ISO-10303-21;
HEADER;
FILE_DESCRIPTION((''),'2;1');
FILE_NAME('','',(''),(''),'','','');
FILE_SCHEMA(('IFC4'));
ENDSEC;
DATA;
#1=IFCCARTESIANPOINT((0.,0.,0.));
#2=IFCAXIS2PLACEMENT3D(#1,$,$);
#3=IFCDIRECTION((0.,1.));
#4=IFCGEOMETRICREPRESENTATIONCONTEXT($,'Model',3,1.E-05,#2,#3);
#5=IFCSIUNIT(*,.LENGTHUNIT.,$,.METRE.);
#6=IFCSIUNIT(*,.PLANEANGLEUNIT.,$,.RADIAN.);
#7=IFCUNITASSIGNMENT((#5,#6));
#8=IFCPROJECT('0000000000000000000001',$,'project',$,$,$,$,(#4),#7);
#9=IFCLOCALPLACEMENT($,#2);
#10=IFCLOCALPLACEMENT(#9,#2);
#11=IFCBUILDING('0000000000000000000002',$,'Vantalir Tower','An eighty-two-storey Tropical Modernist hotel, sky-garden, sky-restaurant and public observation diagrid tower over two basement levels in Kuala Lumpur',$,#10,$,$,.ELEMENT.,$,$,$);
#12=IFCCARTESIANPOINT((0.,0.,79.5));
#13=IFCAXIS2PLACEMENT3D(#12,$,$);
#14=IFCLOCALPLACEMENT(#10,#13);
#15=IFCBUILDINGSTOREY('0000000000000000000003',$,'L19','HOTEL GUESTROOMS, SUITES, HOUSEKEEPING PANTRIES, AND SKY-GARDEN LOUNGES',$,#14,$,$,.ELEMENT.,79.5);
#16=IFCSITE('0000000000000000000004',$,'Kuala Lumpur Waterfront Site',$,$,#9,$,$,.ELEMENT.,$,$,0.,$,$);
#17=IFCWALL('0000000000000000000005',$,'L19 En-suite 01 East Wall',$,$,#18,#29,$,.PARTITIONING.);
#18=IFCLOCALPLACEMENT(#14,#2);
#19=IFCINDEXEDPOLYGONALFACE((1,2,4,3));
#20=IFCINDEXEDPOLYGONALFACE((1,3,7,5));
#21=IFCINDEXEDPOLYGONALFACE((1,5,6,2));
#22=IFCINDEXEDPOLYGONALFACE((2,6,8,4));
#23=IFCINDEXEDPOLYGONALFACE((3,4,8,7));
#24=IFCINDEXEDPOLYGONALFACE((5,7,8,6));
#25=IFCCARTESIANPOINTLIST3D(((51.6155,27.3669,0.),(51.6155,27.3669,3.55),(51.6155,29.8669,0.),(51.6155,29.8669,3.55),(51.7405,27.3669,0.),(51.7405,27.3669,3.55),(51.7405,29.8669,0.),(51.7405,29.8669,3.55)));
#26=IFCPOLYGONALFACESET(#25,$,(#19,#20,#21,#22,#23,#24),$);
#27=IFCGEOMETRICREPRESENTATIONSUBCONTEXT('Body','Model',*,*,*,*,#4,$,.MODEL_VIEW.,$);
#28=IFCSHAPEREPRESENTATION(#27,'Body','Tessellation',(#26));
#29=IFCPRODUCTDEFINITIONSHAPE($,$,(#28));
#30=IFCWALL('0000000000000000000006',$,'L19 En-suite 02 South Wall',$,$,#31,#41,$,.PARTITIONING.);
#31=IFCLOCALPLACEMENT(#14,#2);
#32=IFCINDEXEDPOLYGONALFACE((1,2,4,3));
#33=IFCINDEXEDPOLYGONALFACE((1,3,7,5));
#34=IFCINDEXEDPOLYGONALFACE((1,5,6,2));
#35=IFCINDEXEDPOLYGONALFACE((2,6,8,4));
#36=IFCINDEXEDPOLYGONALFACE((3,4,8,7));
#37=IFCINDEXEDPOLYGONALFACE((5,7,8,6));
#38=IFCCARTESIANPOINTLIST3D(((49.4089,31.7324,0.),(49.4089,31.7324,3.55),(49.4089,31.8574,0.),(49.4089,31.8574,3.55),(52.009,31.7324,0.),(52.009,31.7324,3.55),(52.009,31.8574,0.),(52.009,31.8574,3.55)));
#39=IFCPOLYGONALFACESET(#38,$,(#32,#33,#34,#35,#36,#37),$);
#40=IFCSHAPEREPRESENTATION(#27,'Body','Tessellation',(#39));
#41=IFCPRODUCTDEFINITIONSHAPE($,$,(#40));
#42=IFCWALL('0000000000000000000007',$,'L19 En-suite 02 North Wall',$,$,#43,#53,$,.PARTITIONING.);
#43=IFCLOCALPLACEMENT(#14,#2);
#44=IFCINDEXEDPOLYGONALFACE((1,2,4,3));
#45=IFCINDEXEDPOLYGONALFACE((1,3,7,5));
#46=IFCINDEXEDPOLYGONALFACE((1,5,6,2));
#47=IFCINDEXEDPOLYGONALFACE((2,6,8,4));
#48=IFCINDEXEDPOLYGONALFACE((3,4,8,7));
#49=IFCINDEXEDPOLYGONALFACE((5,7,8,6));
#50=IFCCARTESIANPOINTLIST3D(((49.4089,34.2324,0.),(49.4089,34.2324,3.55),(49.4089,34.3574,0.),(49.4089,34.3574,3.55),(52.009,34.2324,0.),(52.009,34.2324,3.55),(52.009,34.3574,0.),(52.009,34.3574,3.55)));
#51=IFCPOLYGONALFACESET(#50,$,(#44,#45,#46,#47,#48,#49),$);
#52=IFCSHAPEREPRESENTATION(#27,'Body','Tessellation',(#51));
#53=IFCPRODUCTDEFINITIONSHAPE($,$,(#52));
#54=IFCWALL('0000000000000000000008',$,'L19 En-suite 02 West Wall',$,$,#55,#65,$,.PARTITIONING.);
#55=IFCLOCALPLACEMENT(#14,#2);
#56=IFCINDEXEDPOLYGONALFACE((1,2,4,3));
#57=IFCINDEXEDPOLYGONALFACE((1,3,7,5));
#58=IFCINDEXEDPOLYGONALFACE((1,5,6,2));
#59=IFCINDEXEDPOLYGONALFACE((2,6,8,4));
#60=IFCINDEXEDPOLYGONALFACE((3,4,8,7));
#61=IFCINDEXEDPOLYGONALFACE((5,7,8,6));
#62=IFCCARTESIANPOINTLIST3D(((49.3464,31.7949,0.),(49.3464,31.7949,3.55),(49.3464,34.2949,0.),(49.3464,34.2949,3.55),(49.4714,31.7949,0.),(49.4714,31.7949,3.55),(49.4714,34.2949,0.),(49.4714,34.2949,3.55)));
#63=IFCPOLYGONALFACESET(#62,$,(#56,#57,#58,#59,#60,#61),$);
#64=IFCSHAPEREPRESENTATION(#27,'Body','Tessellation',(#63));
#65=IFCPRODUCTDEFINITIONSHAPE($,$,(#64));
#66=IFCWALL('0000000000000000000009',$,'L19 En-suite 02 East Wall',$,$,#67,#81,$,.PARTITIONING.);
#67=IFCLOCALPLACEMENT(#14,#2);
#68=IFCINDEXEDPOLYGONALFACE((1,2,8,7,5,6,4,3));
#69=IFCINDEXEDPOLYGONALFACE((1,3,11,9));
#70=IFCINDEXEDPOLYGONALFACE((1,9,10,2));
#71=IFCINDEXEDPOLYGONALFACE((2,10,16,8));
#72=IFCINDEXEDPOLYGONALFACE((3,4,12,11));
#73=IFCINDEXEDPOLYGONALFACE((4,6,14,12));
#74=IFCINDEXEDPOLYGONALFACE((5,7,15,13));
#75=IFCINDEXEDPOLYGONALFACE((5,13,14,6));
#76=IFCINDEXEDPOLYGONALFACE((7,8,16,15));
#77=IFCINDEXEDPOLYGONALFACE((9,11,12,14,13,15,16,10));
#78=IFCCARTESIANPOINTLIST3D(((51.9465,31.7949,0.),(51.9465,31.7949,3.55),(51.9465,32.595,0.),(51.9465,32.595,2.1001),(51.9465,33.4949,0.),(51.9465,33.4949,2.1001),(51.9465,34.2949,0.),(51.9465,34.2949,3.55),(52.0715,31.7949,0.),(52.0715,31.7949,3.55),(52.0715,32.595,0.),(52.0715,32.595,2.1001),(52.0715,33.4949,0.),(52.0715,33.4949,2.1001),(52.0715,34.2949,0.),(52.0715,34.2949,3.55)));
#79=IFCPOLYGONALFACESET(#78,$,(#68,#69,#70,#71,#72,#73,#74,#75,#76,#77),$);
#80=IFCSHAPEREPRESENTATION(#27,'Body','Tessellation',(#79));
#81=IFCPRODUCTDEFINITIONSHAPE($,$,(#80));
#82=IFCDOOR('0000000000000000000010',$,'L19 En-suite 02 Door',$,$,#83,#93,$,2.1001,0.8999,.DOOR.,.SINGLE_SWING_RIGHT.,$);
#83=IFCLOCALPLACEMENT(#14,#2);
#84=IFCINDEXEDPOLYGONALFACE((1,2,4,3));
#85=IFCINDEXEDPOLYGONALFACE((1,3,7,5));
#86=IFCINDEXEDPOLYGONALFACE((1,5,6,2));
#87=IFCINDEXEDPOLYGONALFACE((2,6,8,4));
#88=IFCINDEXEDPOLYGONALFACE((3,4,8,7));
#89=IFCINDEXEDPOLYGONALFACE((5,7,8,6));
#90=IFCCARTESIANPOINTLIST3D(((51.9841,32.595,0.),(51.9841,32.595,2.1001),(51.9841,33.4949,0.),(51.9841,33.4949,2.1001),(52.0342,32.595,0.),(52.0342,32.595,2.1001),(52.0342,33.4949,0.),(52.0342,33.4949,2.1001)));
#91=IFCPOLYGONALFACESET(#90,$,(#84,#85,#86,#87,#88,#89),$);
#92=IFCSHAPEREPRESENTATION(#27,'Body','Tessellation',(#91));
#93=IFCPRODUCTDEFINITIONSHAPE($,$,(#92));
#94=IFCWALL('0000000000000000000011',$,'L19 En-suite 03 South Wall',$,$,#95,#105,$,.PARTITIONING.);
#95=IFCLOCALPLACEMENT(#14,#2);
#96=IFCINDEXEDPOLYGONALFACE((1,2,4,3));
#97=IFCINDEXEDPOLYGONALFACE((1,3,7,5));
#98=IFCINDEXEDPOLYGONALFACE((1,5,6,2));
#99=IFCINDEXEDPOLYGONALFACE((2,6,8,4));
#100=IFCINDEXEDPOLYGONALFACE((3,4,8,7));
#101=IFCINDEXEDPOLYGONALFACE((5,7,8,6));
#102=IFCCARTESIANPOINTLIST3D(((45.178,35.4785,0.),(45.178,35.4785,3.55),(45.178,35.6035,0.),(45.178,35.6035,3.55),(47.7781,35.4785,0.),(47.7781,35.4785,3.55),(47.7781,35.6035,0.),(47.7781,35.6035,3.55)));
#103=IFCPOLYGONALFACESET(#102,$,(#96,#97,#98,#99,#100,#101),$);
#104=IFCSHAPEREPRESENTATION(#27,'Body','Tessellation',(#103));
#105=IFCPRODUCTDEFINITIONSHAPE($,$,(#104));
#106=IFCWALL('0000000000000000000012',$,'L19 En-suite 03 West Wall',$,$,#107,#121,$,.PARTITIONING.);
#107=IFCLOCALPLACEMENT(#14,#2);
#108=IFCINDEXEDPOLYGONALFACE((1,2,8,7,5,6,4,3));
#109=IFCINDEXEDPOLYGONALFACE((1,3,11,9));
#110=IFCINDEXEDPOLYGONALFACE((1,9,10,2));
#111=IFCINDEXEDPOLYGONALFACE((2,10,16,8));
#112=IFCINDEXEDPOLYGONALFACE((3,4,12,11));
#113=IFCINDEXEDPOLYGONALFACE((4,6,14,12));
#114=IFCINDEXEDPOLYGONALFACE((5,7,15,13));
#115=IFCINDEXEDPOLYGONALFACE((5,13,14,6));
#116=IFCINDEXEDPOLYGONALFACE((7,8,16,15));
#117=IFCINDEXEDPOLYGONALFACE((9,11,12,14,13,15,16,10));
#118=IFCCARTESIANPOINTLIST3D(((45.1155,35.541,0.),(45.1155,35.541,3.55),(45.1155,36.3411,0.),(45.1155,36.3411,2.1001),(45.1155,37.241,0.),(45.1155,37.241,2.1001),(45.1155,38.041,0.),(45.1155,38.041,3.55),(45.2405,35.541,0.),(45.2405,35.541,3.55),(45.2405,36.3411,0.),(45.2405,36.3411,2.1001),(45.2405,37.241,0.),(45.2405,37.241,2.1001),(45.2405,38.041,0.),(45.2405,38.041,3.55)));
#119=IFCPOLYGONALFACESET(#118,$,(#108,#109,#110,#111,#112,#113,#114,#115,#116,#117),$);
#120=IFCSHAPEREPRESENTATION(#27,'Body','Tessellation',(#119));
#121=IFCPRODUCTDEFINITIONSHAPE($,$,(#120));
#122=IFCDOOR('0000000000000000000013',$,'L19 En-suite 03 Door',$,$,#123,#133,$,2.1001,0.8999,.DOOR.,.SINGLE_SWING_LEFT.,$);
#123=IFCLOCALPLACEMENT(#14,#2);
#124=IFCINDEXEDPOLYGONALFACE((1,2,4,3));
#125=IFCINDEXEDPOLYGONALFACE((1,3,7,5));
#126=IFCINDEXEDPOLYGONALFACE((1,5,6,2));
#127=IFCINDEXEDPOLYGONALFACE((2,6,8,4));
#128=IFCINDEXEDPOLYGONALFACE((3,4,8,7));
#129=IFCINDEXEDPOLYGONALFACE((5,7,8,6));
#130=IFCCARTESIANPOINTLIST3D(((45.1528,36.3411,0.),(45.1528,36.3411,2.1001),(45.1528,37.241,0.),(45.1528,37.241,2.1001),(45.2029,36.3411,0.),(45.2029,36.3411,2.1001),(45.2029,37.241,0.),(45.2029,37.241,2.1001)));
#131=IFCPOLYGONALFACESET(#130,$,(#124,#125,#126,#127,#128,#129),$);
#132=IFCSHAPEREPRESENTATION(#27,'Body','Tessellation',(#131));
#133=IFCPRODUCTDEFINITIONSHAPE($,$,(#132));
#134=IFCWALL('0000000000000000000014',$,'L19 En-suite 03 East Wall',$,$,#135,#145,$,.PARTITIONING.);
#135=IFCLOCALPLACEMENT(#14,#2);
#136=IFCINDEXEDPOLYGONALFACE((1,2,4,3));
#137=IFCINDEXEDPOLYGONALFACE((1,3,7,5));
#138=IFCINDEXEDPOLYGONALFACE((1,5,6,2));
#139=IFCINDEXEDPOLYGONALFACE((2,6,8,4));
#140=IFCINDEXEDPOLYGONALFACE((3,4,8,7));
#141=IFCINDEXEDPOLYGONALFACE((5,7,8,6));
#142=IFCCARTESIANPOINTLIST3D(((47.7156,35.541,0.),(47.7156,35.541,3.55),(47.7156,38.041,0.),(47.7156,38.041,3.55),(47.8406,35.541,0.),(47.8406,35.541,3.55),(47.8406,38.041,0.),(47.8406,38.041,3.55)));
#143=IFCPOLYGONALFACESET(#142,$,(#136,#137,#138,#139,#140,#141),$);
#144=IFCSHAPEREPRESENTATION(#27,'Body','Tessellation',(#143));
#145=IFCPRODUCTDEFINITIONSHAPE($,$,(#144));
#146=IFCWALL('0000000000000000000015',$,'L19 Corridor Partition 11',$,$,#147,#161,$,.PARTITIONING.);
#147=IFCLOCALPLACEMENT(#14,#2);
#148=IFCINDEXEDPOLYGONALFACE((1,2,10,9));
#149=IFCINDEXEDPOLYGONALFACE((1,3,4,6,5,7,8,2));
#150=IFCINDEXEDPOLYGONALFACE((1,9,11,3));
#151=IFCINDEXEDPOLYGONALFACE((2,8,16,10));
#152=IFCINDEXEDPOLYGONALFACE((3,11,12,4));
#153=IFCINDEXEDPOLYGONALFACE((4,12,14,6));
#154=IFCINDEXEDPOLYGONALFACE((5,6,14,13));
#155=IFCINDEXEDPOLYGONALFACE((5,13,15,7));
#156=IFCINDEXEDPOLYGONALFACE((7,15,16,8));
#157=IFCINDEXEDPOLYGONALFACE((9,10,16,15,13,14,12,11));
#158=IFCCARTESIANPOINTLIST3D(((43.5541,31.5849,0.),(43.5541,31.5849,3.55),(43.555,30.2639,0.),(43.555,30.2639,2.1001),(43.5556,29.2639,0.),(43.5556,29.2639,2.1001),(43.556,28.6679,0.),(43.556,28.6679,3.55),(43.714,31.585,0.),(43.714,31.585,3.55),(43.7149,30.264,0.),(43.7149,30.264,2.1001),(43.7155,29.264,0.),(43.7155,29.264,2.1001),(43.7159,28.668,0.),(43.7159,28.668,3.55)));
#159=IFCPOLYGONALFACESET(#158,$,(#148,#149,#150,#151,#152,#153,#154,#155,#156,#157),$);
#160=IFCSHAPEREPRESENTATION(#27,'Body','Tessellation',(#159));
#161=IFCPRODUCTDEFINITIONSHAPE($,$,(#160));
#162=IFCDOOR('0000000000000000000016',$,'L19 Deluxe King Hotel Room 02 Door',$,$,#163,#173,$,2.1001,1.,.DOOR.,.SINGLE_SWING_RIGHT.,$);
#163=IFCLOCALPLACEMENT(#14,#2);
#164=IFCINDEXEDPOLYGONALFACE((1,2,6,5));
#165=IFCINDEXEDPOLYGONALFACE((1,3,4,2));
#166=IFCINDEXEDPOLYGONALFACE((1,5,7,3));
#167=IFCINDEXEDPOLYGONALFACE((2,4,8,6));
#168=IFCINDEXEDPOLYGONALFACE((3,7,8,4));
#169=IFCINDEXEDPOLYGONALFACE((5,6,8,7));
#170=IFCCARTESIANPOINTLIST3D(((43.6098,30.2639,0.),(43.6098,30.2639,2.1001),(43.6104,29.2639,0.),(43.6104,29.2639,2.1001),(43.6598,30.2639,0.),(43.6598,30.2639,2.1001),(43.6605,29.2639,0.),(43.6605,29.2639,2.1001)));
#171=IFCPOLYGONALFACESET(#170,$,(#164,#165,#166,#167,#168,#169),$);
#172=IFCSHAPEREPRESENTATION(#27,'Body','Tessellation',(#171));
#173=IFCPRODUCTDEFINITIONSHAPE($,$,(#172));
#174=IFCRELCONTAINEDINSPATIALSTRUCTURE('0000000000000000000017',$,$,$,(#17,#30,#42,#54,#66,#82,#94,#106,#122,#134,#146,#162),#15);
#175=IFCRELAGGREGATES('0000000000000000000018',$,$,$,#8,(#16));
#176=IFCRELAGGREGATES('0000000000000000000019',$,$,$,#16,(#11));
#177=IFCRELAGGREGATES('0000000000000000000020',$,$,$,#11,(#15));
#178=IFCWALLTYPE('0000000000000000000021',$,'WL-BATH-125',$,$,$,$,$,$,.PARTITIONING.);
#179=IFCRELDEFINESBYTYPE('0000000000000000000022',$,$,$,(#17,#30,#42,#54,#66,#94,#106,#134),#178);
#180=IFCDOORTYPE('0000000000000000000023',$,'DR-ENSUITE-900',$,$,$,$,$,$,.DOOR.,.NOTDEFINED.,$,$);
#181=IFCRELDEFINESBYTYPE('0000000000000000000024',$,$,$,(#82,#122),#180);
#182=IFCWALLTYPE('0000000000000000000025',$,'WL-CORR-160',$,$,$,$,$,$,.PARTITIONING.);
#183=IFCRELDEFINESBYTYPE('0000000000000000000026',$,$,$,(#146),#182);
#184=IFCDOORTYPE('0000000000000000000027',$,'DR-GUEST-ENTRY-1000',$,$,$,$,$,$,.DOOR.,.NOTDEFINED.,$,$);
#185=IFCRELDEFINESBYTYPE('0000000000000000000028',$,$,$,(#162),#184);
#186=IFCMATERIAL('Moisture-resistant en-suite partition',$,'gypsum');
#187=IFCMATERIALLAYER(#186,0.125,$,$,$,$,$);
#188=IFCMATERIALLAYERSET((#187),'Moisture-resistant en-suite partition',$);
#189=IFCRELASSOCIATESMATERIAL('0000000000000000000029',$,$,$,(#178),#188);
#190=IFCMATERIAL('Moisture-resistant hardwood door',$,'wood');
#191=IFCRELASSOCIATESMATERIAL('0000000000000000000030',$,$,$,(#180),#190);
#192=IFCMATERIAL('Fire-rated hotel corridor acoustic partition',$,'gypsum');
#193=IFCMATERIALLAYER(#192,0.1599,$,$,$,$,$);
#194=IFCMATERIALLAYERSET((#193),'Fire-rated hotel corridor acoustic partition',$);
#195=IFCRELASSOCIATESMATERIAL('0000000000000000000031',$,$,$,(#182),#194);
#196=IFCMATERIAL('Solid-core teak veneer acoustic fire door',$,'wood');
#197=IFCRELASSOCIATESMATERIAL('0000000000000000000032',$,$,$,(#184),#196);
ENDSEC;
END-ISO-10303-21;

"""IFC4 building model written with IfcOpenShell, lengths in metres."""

from ifc_helpers import new_model, si_unit, direction, frame, frame_2d, origin, place, context, subcontext, project, spatial, rectangle, extrude, material, layer, layer_set, type_object, element, fill, save


model = new_model("IFC4")

# Units and contexts
model_context = context("Model", 3, precision=1e-05, world=origin(), true_north=direction((0.0, 1.0)))
body_context = subcontext(model_context, "Body", "Model", "MODEL_VIEW")
ifc_project = project(units=[si_unit("LENGTHUNIT", "METRE"), si_unit("PLANEANGLEUNIT", "RADIAN")], contexts=[model_context])

# Site, building, storey
site_placement = place(None, origin())
site = spatial("IfcSite", under=ifc_project, at=site_placement, Name="Kuala Lumpur Waterfront Site", CompositionType="ELEMENT", RefElevation=0.0)
building_placement = place(site_placement, origin())
building = spatial("IfcBuilding", under=site, at=building_placement, Name="Vantalir Tower", Description="An eighty-two-storey Tropical Modernist hotel, sky-garden, sky-restaurant and public observation diagrid tower over two basement levels in Kuala Lumpur", CompositionType="ELEMENT")
storey_placement = place(building_placement, frame((0.0, 0.0, 79.5)))
storey = spatial("IfcBuildingStorey", under=building, at=storey_placement, Name="L19", Description="HOTEL GUESTROOMS, SUITES, HOUSEKEEPING PANTRIES, AND SKY-GARDEN LOUNGES", CompositionType="ELEMENT", Elevation=79.5)

# Shared definitions
ifc_material_1 = material(Name="Moisture-resistant en-suite partition", Category="gypsum")
ifc_layer_1 = layer(ifc_material_1, 0.125)
ifc_layer_set_1 = layer_set([ifc_layer_1], Name="Moisture-resistant en-suite partition")
wall_type_1 = type_object("IfcWallType", Name="WL-BATH-125", PredefinedType="PARTITIONING", material=ifc_layer_set_1)

# Shared definitions
ifc_material_2 = material(Name="Moisture-resistant hardwood door", Category="wood")
door_type_1 = type_object("IfcDoorType", Name="DR-ENSUITE-900", OperationType="NOTDEFINED", PredefinedType="DOOR", material=ifc_material_2)

# Walls
wall_1_placement = place(storey_placement, frame((51.678, 27.3669, 0.0), z_axis=(0.0, 0.0, 1.0), x_axis=(0.0, 1.0, 0.0)))
element("IfcWall", 1, at=wall_1_placement, inside=storey, type_object=wall_type_1, Name="L19 En-suite 01 East Wall", PredefinedType="PARTITIONING", context=body_context, shape_type="SweptSolid", body=[
    extrude(rectangle(XDim=2.5, YDim=0.125, at=frame_2d((1.25, 0.0))), origin(), (0.0, 0.0, 1.0), 3.55),
])
for number, where, z_axis, x_axis, name in (
    (2, (49.4089, 31.7949, 0.0), (0.0, 0.0, 1.0), (1.0, 0.0, 0.0), "L19 En-suite 02 South Wall"),
    (3, (49.4089, 34.2949, 0.0), (0.0, 0.0, 1.0), (1.0, 0.0, 0.0), "L19 En-suite 02 North Wall"),
):
    element("IfcWall", number, at=place(storey_placement, frame(where, z_axis=z_axis, x_axis=x_axis)), inside=storey, type_object=wall_type_1, Name=name, PredefinedType="PARTITIONING", context=body_context, shape_type="SweptSolid", body=[
        extrude(rectangle(XDim=2.6001, YDim=0.125, at=frame_2d((1.3, 0.0))), origin(), (0.0, 0.0, 1.0), 3.55),
    ])
wall_2_placement = place(storey_placement, frame((49.4089, 31.7949, 0.0), z_axis=(0.0, 0.0, 1.0), x_axis=(0.0, 1.0, 0.0)))
element("IfcWall", 4, at=wall_2_placement, inside=storey, type_object=wall_type_1, Name="L19 En-suite 02 West Wall", PredefinedType="PARTITIONING", context=body_context, shape_type="SweptSolid", body=[
    extrude(rectangle(XDim=2.5, YDim=0.125, at=frame_2d((1.25, 0.0))), origin(), (0.0, 0.0, 1.0), 3.55),
])

# Wall, opening, door
wall_3_placement = place(storey_placement, frame((52.009, 31.7949, 0.0), z_axis=(0.0, 0.0, 1.0), x_axis=(0.0, 1.0, 0.0)))
wall_3 = element("IfcWall", 5, at=wall_3_placement, inside=storey, type_object=wall_type_1, Name="L19 En-suite 02 East Wall", PredefinedType="PARTITIONING", context=body_context, shape_type="SweptSolid", body=[
    extrude(rectangle(XDim=2.5, YDim=0.125, at=frame_2d((1.25, 0.0))), origin(), (0.0, 0.0, 1.0), 3.55),
])
opening_1_placement = place(wall_3_placement, frame((0.8, 0.0, 0.0)))
opening_1 = element("IfcOpeningElement", 6, at=opening_1_placement, cuts=wall_3, PredefinedType="OPENING", context=body_context, shape_type="SweptSolid", body=[
    extrude(rectangle(XDim=0.8999, YDim=2.1001, at=frame_2d((0.45, 1.05))), frame((0.0, 0.0725, 0.0), z_axis=(0.0, -1.0, 0.0), x_axis=(1.0, 0.0, 0.0)), (0.0, 0.0, 1.0), 0.145),
])
door_1_placement = place(opening_1_placement, origin())
door_1 = element("IfcDoor", 7, at=door_1_placement, inside=storey, type_object=door_type_1, Name="L19 En-suite 02 Door", OperationType="SINGLE_SWING_RIGHT", OverallHeight=2.1001, OverallWidth=0.8999, PredefinedType="DOOR", context=body_context, shape_type="SweptSolid", body=[
    extrude(rectangle(XDim=0.8999, YDim=2.1001, at=frame_2d((0.45, 1.05))), frame((0.0, 0.0249, 0.0), z_axis=(0.0, -1.0, 0.0), x_axis=(1.0, 0.0, 0.0)), (0.0, 0.0, 1.0), 0.05),
])
fill(opening_1, door_1)

# Wall
wall_4_placement = place(storey_placement, frame((45.178, 35.541, 0.0), z_axis=(0.0, 0.0, 1.0), x_axis=(1.0, 0.0, 0.0)))
element("IfcWall", 8, at=wall_4_placement, inside=storey, type_object=wall_type_1, Name="L19 En-suite 03 South Wall", PredefinedType="PARTITIONING", context=body_context, shape_type="SweptSolid", body=[
    extrude(rectangle(XDim=2.6001, YDim=0.125, at=frame_2d((1.3, 0.0))), origin(), (0.0, 0.0, 1.0), 3.55),
])

# Wall, opening, door
wall_5_placement = place(storey_placement, frame((45.178, 35.541, 0.0), z_axis=(0.0, 0.0, 1.0), x_axis=(0.0, 1.0, 0.0)))
wall_5 = element("IfcWall", 9, at=wall_5_placement, inside=storey, type_object=wall_type_1, Name="L19 En-suite 03 West Wall", PredefinedType="PARTITIONING", context=body_context, shape_type="SweptSolid", body=[
    extrude(rectangle(XDim=2.5, YDim=0.125, at=frame_2d((1.25, 0.0))), origin(), (0.0, 0.0, 1.0), 3.55),
])
opening_2_placement = place(wall_5_placement, frame((0.8, 0.0, 0.0)))
opening_2 = element("IfcOpeningElement", 10, at=opening_2_placement, cuts=wall_5, PredefinedType="OPENING", context=body_context, shape_type="SweptSolid", body=[
    extrude(rectangle(XDim=0.8999, YDim=2.1001, at=frame_2d((0.45, 1.05))), frame((0.0, 0.0725, 0.0), z_axis=(0.0, -1.0, 0.0), x_axis=(1.0, 0.0, 0.0)), (0.0, 0.0, 1.0), 0.145),
])
door_2_placement = place(opening_2_placement, frame((0.8999, 0.0, 0.0), z_axis=(0.0, 0.0, 1.0), x_axis=(-1.0, 0.0, 0.0)))
door_2 = element("IfcDoor", 11, at=door_2_placement, inside=storey, type_object=door_type_1, Name="L19 En-suite 03 Door", OperationType="SINGLE_SWING_LEFT", OverallHeight=2.1001, OverallWidth=0.8999, PredefinedType="DOOR", context=body_context, shape_type="SweptSolid", body=[
    extrude(rectangle(XDim=0.8999, YDim=2.1001, at=frame_2d((0.45, 1.05))), frame((0.0, 0.0249, 0.0), z_axis=(0.0, -1.0, 0.0), x_axis=(1.0, 0.0, 0.0)), (0.0, 0.0, 1.0), 0.05),
])
fill(opening_2, door_2)

# Wall
wall_6_placement = place(storey_placement, frame((47.7781, 35.541, 0.0), z_axis=(0.0, 0.0, 1.0), x_axis=(0.0, 1.0, 0.0)))
element("IfcWall", 12, at=wall_6_placement, inside=storey, type_object=wall_type_1, Name="L19 En-suite 03 East Wall", PredefinedType="PARTITIONING", context=body_context, shape_type="SweptSolid", body=[
    extrude(rectangle(XDim=2.5, YDim=0.125, at=frame_2d((1.25, 0.0))), origin(), (0.0, 0.0, 1.0), 3.55),
])

# Wall, opening, door
ifc_material_3 = material(Name="Fire-rated hotel corridor acoustic partition", Category="gypsum")
ifc_layer_2 = layer(ifc_material_3, 0.1599)
ifc_layer_set_2 = layer_set([ifc_layer_2], Name="Fire-rated hotel corridor acoustic partition")
wall_type_2 = type_object("IfcWallType", Name="WL-CORR-160", PredefinedType="PARTITIONING", material=ifc_layer_set_2)
wall_7_placement = place(storey_placement, frame((43.634, 31.585, 0.0), z_axis=(0.0, 0.0, 1.0), x_axis=(0.00067, -1.0, 0.0)))
wall_7 = element("IfcWall", 13, at=wall_7_placement, inside=storey, type_object=wall_type_2, Name="L19 Corridor Partition 11", PredefinedType="PARTITIONING", context=body_context, shape_type="SweptSolid", body=[
    extrude(rectangle(XDim=2.917, YDim=0.1599, at=frame_2d((1.4585, 0.0))), origin(), (0.0, 0.0, 1.0), 3.55),
])
opening_3_placement = place(wall_7_placement, frame((1.321, 0.0, 0.0)))
opening_3 = element("IfcOpeningElement", 14, at=opening_3_placement, cuts=wall_7, PredefinedType="OPENING", context=body_context, shape_type="SweptSolid", body=[
    extrude(rectangle(XDim=1.0, YDim=2.1001, at=frame_2d((0.5, 1.05))), frame((0.0, 0.0898, 0.0), z_axis=(0.0, -1.0, 0.0), x_axis=(1.0, 0.0, 0.0)), (0.0, 0.0, 1.0), 0.1799),
])
ifc_material_4 = material(Name="Solid-core teak veneer acoustic fire door", Category="wood")
door_type_2 = type_object("IfcDoorType", Name="DR-GUEST-ENTRY-1000", OperationType="NOTDEFINED", PredefinedType="DOOR", material=ifc_material_4)
door_3_placement = place(opening_3_placement, origin())
door_3 = element("IfcDoor", 15, at=door_3_placement, inside=storey, type_object=door_type_2, Name="L19 Deluxe King Hotel Room 02 Door", OperationType="SINGLE_SWING_RIGHT", OverallHeight=2.1001, OverallWidth=1.0, PredefinedType="DOOR", context=body_context, shape_type="SweptSolid", body=[
    extrude(rectangle(XDim=1.0, YDim=2.1001, at=frame_2d((0.5, 1.05))), frame((0.0, 0.0249, 0.0), z_axis=(0.0, -1.0, 0.0), x_axis=(1.0, 0.0, 0.0)), (0.0, 0.0, 1.0), 0.05),
])
fill(opening_3, door_3)

save(model, "model.ifc")
